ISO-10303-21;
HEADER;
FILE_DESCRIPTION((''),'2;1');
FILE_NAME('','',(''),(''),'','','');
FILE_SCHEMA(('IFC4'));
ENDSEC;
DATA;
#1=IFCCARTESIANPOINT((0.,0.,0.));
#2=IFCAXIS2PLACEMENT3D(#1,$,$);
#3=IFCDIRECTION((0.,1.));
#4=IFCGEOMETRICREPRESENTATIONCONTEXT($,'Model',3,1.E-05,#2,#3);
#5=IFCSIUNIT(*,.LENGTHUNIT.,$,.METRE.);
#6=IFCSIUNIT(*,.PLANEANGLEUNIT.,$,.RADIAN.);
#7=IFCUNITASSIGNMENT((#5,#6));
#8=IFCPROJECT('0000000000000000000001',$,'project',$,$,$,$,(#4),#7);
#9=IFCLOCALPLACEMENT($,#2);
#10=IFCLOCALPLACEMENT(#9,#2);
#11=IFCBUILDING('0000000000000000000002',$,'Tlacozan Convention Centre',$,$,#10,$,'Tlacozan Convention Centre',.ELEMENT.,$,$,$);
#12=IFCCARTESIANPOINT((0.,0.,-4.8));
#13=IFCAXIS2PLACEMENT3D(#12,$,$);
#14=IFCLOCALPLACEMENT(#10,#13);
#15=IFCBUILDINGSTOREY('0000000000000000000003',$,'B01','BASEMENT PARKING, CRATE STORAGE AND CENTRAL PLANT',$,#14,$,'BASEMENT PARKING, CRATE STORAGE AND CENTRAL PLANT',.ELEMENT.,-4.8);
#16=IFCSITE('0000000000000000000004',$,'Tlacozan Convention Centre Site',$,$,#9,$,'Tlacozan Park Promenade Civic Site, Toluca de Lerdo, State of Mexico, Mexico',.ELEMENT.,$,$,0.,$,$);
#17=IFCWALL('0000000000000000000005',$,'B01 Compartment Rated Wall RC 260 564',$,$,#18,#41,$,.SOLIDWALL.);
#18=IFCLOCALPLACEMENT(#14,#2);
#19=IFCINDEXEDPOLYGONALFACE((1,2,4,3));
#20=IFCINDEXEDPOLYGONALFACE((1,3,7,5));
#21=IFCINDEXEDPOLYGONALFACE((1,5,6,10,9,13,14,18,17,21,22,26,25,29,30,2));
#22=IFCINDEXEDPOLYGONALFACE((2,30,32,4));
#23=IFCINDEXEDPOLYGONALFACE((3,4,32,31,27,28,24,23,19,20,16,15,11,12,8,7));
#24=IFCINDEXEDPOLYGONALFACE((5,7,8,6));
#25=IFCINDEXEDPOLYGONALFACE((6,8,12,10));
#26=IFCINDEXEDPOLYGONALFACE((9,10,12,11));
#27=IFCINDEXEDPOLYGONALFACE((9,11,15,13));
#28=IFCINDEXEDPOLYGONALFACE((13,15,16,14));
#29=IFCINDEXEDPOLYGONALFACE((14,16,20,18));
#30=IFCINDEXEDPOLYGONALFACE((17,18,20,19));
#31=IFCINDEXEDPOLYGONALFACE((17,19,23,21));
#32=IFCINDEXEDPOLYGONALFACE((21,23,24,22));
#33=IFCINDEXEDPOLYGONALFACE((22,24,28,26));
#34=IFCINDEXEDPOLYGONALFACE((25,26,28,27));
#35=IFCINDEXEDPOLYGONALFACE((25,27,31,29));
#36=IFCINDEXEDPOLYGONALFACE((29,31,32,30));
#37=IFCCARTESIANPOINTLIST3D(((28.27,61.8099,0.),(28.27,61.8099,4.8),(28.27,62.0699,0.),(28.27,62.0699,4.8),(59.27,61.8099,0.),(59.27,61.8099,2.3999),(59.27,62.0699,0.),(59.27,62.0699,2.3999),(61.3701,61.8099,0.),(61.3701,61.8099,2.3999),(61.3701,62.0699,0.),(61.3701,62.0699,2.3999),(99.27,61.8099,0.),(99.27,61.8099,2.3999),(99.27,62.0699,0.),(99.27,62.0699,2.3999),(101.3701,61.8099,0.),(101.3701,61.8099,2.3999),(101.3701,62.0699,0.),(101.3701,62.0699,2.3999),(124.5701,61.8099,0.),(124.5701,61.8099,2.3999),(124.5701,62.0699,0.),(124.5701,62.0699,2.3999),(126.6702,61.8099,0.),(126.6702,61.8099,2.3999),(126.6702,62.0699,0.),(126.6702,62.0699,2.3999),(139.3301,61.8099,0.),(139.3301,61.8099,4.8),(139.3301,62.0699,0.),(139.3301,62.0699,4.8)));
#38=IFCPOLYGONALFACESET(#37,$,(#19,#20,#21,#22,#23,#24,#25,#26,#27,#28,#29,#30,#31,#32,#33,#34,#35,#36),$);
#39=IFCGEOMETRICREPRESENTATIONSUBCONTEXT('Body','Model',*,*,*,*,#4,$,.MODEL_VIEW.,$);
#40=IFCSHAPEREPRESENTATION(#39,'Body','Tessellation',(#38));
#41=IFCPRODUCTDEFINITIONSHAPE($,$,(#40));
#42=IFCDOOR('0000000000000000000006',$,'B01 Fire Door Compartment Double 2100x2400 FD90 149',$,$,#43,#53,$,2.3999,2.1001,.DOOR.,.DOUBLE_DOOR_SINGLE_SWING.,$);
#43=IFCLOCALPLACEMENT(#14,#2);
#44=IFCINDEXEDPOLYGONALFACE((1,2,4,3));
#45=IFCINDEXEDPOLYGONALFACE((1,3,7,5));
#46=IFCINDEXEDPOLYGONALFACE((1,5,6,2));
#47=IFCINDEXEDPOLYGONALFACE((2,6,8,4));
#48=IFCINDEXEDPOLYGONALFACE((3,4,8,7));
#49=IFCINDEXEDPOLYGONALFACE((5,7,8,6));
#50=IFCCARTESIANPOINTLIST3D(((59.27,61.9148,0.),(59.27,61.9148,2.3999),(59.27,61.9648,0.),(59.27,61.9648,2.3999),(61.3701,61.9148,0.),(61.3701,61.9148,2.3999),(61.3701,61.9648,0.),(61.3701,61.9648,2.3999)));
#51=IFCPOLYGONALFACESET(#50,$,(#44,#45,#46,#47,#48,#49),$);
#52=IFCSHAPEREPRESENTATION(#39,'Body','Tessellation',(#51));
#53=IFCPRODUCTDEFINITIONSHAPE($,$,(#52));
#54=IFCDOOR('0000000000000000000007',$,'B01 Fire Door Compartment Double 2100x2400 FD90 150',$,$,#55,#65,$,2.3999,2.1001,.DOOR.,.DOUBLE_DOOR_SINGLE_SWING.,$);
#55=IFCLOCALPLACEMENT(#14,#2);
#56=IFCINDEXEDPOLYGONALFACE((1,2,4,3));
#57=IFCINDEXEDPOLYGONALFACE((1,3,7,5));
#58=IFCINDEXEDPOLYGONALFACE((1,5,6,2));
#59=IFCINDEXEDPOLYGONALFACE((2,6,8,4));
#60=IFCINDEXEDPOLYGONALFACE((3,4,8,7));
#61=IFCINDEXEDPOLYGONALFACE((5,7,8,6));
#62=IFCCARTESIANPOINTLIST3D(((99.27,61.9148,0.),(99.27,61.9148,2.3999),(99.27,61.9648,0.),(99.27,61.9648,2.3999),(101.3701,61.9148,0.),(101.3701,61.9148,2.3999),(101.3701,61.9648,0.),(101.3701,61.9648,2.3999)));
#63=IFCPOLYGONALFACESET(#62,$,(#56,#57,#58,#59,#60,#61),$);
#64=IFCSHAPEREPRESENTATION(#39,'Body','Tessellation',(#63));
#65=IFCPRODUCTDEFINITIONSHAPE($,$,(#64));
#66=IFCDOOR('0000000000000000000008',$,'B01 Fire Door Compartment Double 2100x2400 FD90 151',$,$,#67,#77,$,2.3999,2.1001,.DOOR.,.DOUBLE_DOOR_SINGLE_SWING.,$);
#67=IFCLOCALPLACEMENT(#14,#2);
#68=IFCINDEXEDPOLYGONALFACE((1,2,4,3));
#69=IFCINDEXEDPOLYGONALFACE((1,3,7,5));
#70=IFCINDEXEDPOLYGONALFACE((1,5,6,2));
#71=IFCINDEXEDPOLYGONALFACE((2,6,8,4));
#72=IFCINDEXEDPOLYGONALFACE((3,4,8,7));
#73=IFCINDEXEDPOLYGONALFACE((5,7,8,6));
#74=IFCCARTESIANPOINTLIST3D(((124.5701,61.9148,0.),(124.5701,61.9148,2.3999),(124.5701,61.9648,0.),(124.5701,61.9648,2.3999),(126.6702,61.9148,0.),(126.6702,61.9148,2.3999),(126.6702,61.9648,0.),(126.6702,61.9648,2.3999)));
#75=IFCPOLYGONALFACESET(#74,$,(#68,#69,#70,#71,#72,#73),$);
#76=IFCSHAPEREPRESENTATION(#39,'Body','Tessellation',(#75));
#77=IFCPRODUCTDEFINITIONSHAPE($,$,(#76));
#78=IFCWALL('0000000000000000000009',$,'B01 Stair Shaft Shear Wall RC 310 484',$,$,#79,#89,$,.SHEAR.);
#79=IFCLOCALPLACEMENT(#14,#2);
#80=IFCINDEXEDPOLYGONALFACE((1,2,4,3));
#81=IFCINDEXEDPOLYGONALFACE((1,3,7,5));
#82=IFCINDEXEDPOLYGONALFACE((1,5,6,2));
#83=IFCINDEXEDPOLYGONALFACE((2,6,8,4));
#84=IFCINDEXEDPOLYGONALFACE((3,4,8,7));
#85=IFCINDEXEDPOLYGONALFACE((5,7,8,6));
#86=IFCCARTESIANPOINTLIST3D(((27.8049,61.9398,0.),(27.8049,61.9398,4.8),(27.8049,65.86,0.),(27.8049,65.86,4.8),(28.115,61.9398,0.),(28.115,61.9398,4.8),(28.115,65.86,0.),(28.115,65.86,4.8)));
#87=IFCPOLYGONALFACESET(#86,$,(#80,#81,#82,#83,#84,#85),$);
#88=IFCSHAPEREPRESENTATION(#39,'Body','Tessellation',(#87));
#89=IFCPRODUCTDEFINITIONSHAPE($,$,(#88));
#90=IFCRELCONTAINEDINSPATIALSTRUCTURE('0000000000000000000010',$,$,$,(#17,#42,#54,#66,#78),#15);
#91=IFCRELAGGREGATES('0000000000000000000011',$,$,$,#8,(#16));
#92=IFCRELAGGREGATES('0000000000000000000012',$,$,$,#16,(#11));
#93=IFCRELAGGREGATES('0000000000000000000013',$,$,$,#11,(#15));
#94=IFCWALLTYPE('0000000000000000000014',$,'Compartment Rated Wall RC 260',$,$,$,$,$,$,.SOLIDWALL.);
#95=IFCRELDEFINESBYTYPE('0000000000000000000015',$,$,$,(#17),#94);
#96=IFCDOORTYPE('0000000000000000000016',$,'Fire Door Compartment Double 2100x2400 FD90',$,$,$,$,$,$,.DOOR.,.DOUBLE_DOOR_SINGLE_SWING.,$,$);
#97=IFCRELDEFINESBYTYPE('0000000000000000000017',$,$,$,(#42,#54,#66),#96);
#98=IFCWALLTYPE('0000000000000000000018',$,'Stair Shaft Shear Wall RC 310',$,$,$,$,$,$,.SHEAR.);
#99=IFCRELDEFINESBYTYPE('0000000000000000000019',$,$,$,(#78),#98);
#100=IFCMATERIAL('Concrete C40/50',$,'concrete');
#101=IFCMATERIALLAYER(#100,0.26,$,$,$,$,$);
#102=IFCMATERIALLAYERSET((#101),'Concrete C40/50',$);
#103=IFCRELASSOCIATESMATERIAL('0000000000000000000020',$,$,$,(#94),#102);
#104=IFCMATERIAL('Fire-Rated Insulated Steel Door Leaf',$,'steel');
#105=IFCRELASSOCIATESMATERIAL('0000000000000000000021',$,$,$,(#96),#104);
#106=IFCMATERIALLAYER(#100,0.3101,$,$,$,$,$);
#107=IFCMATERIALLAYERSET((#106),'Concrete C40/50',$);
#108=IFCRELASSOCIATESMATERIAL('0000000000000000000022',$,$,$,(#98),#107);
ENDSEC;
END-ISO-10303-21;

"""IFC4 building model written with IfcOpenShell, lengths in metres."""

from ifc_helpers import new_model, si_unit, direction, frame, frame_2d, origin, place, context, subcontext, project, spatial, rectangle, extrude, material, layer, layer_set, type_object, element, fill, save


model = new_model("IFC4")

# Units and contexts
model_context = context("Model", 3, precision=1e-05, world=origin(), true_north=direction((0.0, 1.0)))
body_context = subcontext(model_context, "Body", "Model", "MODEL_VIEW")
ifc_project = project(units=[si_unit("LENGTHUNIT", "METRE"), si_unit("PLANEANGLEUNIT", "RADIAN")], contexts=[model_context])

# Site, building, storey
site_placement = place(None, origin())
site = spatial("IfcSite", under=ifc_project, at=site_placement, Name="Tlacozan Convention Centre Site", LongName="Tlacozan Park Promenade Civic Site, Toluca de Lerdo, State of Mexico, Mexico", CompositionType="ELEMENT", RefElevation=0.0)
building_placement = place(site_placement, origin())
building = spatial("IfcBuilding", under=site, at=building_placement, Name="Tlacozan Convention Centre", LongName="Tlacozan Convention Centre", CompositionType="ELEMENT")
storey_placement = place(building_placement, frame((0.0, 0.0, -4.8)))
storey = spatial("IfcBuildingStorey", under=building, at=storey_placement, Name="B01", Description="BASEMENT PARKING, CRATE STORAGE AND CENTRAL PLANT", LongName="BASEMENT PARKING, CRATE STORAGE AND CENTRAL PLANT", CompositionType="ELEMENT", Elevation=-4.8)

# Shared definitions
ifc_material_1 = material(Name="Concrete C40/50", Category="concrete")

# Wall, openings, doors
ifc_layer_1 = layer(ifc_material_1, 0.26)
ifc_layer_set_1 = layer_set([ifc_layer_1], Name="Concrete C40/50")
wall_type_1 = type_object("IfcWallType", Name="Compartment Rated Wall RC 260", PredefinedType="SOLIDWALL", material=ifc_layer_set_1)
wall_1_placement = place(storey_placement, frame((28.27, 61.9399, 0.0), z_axis=(0.0, 0.0, 1.0), x_axis=(1.0, 0.0, 0.0)))
wall_1 = element("IfcWall", 1, at=wall_1_placement, inside=storey, type_object=wall_type_1, Name="B01 Compartment Rated Wall RC 260 564", PredefinedType="SOLIDWALL", context=body_context, shape_type="SweptSolid", body=[
    extrude(rectangle(XDim=111.0601, YDim=0.26, at=frame_2d((55.53, 0.0))), origin(), (0.0, 0.0, 1.0), 4.8),
])
opening_1_placement = place(wall_1_placement, frame((31.0, 0.0, 0.0)))
opening_1 = element("IfcOpeningElement", 2, at=opening_1_placement, cuts=wall_1, PredefinedType="OPENING", context=body_context, shape_type="SweptSolid", body=[
    extrude(rectangle(XDim=2.1001, YDim=2.3999, at=frame_2d((1.05, 1.2))), frame((0.0, 0.1399, 0.0), z_axis=(0.0, -1.0, 0.0), x_axis=(1.0, 0.0, 0.0)), (0.0, 0.0, 1.0), 0.28),
])
opening_2_placement = place(wall_1_placement, frame((71.0, 0.0, 0.0)))
opening_2 = element("IfcOpeningElement", 3, at=opening_2_placement, cuts=wall_1, PredefinedType="OPENING", context=body_context, shape_type="SweptSolid", body=[
    extrude(rectangle(XDim=2.1001, YDim=2.3999, at=frame_2d((1.05, 1.2))), frame((0.0, 0.1399, 0.0), z_axis=(0.0, -1.0, 0.0), x_axis=(1.0, 0.0, 0.0)), (0.0, 0.0, 1.0), 0.28),
])
opening_3_placement = place(wall_1_placement, frame((96.3, 0.0, 0.0)))
opening_3 = element("IfcOpeningElement", 4, at=opening_3_placement, cuts=wall_1, PredefinedType="OPENING", context=body_context, shape_type="SweptSolid", body=[
    extrude(rectangle(XDim=2.1001, YDim=2.3999, at=frame_2d((1.05, 1.2))), frame((0.0, 0.1399, 0.0), z_axis=(0.0, -1.0, 0.0), x_axis=(1.0, 0.0, 0.0)), (0.0, 0.0, 1.0), 0.28),
])
ifc_material_2 = material(Name="Fire-Rated Insulated Steel Door Leaf", Category="steel")
door_type = type_object("IfcDoorType", Name="Fire Door Compartment Double 2100x2400 FD90", OperationType="DOUBLE_DOOR_SINGLE_SWING", PredefinedType="DOOR", material=ifc_material_2)
door_1_placement = place(opening_1_placement, origin())
door_1 = element("IfcDoor", 5, at=door_1_placement, inside=storey, type_object=door_type, Name="B01 Fire Door Compartment Double 2100x2400 FD90 149", OperationType="DOUBLE_DOOR_SINGLE_SWING", OverallHeight=2.3999, OverallWidth=2.1001, PredefinedType="DOOR", context=body_context, shape_type="SweptSolid", body=[
    extrude(rectangle(XDim=2.1001, YDim=2.3999, at=frame_2d((1.05, 1.2))), frame((0.0, 0.0249, 0.0), z_axis=(0.0, -1.0, 0.0), x_axis=(1.0, 0.0, 0.0)), (0.0, 0.0, 1.0), 0.05),
])
fill(opening_1, door_1)
door_2_placement = place(opening_2_placement, origin())
door_2 = element("IfcDoor", 6, at=door_2_placement, inside=storey, type_object=door_type, Name="B01 Fire Door Compartment Double 2100x2400 FD90 150", OperationType="DOUBLE_DOOR_SINGLE_SWING", OverallHeight=2.3999, OverallWidth=2.1001, PredefinedType="DOOR", context=body_context, shape_type="SweptSolid", body=[
    extrude(rectangle(XDim=2.1001, YDim=2.3999, at=frame_2d((1.05, 1.2))), frame((0.0, 0.0249, 0.0), z_axis=(0.0, -1.0, 0.0), x_axis=(1.0, 0.0, 0.0)), (0.0, 0.0, 1.0), 0.05),
])
fill(opening_2, door_2)
door_3_placement = place(opening_3_placement, origin())
door_3 = element("IfcDoor", 7, at=door_3_placement, inside=storey, type_object=door_type, Name="B01 Fire Door Compartment Double 2100x2400 FD90 151", OperationType="DOUBLE_DOOR_SINGLE_SWING", OverallHeight=2.3999, OverallWidth=2.1001, PredefinedType="DOOR", context=body_context, shape_type="SweptSolid", body=[
    extrude(rectangle(XDim=2.1001, YDim=2.3999, at=frame_2d((1.05, 1.2))), frame((0.0, 0.0249, 0.0), z_axis=(0.0, -1.0, 0.0), x_axis=(1.0, 0.0, 0.0)), (0.0, 0.0, 1.0), 0.05),
])
fill(opening_3, door_3)

# Wall
ifc_layer_2 = layer(ifc_material_1, 0.3101)
ifc_layer_set_2 = layer_set([ifc_layer_2], Name="Concrete C40/50")
wall_type_2 = type_object("IfcWallType", Name="Stair Shaft Shear Wall RC 310", PredefinedType="SHEAR", material=ifc_layer_set_2)
wall_2_placement = place(storey_placement, frame((27.96, 61.9399, 0.0), z_axis=(0.0, 0.0, 1.0), x_axis=(0.0, 1.0, 0.0)))
element("IfcWall", 8, at=wall_2_placement, inside=storey, type_object=wall_type_2, Name="B01 Stair Shaft Shear Wall RC 310 484", PredefinedType="SHEAR", context=body_context, shape_type="SweptSolid", body=[
    extrude(rectangle(XDim=3.9202, YDim=0.3101, at=frame_2d((1.96, 0.0))), origin(), (0.0, 0.0, 1.0), 4.8),
])

save(model, "model.ifc")
